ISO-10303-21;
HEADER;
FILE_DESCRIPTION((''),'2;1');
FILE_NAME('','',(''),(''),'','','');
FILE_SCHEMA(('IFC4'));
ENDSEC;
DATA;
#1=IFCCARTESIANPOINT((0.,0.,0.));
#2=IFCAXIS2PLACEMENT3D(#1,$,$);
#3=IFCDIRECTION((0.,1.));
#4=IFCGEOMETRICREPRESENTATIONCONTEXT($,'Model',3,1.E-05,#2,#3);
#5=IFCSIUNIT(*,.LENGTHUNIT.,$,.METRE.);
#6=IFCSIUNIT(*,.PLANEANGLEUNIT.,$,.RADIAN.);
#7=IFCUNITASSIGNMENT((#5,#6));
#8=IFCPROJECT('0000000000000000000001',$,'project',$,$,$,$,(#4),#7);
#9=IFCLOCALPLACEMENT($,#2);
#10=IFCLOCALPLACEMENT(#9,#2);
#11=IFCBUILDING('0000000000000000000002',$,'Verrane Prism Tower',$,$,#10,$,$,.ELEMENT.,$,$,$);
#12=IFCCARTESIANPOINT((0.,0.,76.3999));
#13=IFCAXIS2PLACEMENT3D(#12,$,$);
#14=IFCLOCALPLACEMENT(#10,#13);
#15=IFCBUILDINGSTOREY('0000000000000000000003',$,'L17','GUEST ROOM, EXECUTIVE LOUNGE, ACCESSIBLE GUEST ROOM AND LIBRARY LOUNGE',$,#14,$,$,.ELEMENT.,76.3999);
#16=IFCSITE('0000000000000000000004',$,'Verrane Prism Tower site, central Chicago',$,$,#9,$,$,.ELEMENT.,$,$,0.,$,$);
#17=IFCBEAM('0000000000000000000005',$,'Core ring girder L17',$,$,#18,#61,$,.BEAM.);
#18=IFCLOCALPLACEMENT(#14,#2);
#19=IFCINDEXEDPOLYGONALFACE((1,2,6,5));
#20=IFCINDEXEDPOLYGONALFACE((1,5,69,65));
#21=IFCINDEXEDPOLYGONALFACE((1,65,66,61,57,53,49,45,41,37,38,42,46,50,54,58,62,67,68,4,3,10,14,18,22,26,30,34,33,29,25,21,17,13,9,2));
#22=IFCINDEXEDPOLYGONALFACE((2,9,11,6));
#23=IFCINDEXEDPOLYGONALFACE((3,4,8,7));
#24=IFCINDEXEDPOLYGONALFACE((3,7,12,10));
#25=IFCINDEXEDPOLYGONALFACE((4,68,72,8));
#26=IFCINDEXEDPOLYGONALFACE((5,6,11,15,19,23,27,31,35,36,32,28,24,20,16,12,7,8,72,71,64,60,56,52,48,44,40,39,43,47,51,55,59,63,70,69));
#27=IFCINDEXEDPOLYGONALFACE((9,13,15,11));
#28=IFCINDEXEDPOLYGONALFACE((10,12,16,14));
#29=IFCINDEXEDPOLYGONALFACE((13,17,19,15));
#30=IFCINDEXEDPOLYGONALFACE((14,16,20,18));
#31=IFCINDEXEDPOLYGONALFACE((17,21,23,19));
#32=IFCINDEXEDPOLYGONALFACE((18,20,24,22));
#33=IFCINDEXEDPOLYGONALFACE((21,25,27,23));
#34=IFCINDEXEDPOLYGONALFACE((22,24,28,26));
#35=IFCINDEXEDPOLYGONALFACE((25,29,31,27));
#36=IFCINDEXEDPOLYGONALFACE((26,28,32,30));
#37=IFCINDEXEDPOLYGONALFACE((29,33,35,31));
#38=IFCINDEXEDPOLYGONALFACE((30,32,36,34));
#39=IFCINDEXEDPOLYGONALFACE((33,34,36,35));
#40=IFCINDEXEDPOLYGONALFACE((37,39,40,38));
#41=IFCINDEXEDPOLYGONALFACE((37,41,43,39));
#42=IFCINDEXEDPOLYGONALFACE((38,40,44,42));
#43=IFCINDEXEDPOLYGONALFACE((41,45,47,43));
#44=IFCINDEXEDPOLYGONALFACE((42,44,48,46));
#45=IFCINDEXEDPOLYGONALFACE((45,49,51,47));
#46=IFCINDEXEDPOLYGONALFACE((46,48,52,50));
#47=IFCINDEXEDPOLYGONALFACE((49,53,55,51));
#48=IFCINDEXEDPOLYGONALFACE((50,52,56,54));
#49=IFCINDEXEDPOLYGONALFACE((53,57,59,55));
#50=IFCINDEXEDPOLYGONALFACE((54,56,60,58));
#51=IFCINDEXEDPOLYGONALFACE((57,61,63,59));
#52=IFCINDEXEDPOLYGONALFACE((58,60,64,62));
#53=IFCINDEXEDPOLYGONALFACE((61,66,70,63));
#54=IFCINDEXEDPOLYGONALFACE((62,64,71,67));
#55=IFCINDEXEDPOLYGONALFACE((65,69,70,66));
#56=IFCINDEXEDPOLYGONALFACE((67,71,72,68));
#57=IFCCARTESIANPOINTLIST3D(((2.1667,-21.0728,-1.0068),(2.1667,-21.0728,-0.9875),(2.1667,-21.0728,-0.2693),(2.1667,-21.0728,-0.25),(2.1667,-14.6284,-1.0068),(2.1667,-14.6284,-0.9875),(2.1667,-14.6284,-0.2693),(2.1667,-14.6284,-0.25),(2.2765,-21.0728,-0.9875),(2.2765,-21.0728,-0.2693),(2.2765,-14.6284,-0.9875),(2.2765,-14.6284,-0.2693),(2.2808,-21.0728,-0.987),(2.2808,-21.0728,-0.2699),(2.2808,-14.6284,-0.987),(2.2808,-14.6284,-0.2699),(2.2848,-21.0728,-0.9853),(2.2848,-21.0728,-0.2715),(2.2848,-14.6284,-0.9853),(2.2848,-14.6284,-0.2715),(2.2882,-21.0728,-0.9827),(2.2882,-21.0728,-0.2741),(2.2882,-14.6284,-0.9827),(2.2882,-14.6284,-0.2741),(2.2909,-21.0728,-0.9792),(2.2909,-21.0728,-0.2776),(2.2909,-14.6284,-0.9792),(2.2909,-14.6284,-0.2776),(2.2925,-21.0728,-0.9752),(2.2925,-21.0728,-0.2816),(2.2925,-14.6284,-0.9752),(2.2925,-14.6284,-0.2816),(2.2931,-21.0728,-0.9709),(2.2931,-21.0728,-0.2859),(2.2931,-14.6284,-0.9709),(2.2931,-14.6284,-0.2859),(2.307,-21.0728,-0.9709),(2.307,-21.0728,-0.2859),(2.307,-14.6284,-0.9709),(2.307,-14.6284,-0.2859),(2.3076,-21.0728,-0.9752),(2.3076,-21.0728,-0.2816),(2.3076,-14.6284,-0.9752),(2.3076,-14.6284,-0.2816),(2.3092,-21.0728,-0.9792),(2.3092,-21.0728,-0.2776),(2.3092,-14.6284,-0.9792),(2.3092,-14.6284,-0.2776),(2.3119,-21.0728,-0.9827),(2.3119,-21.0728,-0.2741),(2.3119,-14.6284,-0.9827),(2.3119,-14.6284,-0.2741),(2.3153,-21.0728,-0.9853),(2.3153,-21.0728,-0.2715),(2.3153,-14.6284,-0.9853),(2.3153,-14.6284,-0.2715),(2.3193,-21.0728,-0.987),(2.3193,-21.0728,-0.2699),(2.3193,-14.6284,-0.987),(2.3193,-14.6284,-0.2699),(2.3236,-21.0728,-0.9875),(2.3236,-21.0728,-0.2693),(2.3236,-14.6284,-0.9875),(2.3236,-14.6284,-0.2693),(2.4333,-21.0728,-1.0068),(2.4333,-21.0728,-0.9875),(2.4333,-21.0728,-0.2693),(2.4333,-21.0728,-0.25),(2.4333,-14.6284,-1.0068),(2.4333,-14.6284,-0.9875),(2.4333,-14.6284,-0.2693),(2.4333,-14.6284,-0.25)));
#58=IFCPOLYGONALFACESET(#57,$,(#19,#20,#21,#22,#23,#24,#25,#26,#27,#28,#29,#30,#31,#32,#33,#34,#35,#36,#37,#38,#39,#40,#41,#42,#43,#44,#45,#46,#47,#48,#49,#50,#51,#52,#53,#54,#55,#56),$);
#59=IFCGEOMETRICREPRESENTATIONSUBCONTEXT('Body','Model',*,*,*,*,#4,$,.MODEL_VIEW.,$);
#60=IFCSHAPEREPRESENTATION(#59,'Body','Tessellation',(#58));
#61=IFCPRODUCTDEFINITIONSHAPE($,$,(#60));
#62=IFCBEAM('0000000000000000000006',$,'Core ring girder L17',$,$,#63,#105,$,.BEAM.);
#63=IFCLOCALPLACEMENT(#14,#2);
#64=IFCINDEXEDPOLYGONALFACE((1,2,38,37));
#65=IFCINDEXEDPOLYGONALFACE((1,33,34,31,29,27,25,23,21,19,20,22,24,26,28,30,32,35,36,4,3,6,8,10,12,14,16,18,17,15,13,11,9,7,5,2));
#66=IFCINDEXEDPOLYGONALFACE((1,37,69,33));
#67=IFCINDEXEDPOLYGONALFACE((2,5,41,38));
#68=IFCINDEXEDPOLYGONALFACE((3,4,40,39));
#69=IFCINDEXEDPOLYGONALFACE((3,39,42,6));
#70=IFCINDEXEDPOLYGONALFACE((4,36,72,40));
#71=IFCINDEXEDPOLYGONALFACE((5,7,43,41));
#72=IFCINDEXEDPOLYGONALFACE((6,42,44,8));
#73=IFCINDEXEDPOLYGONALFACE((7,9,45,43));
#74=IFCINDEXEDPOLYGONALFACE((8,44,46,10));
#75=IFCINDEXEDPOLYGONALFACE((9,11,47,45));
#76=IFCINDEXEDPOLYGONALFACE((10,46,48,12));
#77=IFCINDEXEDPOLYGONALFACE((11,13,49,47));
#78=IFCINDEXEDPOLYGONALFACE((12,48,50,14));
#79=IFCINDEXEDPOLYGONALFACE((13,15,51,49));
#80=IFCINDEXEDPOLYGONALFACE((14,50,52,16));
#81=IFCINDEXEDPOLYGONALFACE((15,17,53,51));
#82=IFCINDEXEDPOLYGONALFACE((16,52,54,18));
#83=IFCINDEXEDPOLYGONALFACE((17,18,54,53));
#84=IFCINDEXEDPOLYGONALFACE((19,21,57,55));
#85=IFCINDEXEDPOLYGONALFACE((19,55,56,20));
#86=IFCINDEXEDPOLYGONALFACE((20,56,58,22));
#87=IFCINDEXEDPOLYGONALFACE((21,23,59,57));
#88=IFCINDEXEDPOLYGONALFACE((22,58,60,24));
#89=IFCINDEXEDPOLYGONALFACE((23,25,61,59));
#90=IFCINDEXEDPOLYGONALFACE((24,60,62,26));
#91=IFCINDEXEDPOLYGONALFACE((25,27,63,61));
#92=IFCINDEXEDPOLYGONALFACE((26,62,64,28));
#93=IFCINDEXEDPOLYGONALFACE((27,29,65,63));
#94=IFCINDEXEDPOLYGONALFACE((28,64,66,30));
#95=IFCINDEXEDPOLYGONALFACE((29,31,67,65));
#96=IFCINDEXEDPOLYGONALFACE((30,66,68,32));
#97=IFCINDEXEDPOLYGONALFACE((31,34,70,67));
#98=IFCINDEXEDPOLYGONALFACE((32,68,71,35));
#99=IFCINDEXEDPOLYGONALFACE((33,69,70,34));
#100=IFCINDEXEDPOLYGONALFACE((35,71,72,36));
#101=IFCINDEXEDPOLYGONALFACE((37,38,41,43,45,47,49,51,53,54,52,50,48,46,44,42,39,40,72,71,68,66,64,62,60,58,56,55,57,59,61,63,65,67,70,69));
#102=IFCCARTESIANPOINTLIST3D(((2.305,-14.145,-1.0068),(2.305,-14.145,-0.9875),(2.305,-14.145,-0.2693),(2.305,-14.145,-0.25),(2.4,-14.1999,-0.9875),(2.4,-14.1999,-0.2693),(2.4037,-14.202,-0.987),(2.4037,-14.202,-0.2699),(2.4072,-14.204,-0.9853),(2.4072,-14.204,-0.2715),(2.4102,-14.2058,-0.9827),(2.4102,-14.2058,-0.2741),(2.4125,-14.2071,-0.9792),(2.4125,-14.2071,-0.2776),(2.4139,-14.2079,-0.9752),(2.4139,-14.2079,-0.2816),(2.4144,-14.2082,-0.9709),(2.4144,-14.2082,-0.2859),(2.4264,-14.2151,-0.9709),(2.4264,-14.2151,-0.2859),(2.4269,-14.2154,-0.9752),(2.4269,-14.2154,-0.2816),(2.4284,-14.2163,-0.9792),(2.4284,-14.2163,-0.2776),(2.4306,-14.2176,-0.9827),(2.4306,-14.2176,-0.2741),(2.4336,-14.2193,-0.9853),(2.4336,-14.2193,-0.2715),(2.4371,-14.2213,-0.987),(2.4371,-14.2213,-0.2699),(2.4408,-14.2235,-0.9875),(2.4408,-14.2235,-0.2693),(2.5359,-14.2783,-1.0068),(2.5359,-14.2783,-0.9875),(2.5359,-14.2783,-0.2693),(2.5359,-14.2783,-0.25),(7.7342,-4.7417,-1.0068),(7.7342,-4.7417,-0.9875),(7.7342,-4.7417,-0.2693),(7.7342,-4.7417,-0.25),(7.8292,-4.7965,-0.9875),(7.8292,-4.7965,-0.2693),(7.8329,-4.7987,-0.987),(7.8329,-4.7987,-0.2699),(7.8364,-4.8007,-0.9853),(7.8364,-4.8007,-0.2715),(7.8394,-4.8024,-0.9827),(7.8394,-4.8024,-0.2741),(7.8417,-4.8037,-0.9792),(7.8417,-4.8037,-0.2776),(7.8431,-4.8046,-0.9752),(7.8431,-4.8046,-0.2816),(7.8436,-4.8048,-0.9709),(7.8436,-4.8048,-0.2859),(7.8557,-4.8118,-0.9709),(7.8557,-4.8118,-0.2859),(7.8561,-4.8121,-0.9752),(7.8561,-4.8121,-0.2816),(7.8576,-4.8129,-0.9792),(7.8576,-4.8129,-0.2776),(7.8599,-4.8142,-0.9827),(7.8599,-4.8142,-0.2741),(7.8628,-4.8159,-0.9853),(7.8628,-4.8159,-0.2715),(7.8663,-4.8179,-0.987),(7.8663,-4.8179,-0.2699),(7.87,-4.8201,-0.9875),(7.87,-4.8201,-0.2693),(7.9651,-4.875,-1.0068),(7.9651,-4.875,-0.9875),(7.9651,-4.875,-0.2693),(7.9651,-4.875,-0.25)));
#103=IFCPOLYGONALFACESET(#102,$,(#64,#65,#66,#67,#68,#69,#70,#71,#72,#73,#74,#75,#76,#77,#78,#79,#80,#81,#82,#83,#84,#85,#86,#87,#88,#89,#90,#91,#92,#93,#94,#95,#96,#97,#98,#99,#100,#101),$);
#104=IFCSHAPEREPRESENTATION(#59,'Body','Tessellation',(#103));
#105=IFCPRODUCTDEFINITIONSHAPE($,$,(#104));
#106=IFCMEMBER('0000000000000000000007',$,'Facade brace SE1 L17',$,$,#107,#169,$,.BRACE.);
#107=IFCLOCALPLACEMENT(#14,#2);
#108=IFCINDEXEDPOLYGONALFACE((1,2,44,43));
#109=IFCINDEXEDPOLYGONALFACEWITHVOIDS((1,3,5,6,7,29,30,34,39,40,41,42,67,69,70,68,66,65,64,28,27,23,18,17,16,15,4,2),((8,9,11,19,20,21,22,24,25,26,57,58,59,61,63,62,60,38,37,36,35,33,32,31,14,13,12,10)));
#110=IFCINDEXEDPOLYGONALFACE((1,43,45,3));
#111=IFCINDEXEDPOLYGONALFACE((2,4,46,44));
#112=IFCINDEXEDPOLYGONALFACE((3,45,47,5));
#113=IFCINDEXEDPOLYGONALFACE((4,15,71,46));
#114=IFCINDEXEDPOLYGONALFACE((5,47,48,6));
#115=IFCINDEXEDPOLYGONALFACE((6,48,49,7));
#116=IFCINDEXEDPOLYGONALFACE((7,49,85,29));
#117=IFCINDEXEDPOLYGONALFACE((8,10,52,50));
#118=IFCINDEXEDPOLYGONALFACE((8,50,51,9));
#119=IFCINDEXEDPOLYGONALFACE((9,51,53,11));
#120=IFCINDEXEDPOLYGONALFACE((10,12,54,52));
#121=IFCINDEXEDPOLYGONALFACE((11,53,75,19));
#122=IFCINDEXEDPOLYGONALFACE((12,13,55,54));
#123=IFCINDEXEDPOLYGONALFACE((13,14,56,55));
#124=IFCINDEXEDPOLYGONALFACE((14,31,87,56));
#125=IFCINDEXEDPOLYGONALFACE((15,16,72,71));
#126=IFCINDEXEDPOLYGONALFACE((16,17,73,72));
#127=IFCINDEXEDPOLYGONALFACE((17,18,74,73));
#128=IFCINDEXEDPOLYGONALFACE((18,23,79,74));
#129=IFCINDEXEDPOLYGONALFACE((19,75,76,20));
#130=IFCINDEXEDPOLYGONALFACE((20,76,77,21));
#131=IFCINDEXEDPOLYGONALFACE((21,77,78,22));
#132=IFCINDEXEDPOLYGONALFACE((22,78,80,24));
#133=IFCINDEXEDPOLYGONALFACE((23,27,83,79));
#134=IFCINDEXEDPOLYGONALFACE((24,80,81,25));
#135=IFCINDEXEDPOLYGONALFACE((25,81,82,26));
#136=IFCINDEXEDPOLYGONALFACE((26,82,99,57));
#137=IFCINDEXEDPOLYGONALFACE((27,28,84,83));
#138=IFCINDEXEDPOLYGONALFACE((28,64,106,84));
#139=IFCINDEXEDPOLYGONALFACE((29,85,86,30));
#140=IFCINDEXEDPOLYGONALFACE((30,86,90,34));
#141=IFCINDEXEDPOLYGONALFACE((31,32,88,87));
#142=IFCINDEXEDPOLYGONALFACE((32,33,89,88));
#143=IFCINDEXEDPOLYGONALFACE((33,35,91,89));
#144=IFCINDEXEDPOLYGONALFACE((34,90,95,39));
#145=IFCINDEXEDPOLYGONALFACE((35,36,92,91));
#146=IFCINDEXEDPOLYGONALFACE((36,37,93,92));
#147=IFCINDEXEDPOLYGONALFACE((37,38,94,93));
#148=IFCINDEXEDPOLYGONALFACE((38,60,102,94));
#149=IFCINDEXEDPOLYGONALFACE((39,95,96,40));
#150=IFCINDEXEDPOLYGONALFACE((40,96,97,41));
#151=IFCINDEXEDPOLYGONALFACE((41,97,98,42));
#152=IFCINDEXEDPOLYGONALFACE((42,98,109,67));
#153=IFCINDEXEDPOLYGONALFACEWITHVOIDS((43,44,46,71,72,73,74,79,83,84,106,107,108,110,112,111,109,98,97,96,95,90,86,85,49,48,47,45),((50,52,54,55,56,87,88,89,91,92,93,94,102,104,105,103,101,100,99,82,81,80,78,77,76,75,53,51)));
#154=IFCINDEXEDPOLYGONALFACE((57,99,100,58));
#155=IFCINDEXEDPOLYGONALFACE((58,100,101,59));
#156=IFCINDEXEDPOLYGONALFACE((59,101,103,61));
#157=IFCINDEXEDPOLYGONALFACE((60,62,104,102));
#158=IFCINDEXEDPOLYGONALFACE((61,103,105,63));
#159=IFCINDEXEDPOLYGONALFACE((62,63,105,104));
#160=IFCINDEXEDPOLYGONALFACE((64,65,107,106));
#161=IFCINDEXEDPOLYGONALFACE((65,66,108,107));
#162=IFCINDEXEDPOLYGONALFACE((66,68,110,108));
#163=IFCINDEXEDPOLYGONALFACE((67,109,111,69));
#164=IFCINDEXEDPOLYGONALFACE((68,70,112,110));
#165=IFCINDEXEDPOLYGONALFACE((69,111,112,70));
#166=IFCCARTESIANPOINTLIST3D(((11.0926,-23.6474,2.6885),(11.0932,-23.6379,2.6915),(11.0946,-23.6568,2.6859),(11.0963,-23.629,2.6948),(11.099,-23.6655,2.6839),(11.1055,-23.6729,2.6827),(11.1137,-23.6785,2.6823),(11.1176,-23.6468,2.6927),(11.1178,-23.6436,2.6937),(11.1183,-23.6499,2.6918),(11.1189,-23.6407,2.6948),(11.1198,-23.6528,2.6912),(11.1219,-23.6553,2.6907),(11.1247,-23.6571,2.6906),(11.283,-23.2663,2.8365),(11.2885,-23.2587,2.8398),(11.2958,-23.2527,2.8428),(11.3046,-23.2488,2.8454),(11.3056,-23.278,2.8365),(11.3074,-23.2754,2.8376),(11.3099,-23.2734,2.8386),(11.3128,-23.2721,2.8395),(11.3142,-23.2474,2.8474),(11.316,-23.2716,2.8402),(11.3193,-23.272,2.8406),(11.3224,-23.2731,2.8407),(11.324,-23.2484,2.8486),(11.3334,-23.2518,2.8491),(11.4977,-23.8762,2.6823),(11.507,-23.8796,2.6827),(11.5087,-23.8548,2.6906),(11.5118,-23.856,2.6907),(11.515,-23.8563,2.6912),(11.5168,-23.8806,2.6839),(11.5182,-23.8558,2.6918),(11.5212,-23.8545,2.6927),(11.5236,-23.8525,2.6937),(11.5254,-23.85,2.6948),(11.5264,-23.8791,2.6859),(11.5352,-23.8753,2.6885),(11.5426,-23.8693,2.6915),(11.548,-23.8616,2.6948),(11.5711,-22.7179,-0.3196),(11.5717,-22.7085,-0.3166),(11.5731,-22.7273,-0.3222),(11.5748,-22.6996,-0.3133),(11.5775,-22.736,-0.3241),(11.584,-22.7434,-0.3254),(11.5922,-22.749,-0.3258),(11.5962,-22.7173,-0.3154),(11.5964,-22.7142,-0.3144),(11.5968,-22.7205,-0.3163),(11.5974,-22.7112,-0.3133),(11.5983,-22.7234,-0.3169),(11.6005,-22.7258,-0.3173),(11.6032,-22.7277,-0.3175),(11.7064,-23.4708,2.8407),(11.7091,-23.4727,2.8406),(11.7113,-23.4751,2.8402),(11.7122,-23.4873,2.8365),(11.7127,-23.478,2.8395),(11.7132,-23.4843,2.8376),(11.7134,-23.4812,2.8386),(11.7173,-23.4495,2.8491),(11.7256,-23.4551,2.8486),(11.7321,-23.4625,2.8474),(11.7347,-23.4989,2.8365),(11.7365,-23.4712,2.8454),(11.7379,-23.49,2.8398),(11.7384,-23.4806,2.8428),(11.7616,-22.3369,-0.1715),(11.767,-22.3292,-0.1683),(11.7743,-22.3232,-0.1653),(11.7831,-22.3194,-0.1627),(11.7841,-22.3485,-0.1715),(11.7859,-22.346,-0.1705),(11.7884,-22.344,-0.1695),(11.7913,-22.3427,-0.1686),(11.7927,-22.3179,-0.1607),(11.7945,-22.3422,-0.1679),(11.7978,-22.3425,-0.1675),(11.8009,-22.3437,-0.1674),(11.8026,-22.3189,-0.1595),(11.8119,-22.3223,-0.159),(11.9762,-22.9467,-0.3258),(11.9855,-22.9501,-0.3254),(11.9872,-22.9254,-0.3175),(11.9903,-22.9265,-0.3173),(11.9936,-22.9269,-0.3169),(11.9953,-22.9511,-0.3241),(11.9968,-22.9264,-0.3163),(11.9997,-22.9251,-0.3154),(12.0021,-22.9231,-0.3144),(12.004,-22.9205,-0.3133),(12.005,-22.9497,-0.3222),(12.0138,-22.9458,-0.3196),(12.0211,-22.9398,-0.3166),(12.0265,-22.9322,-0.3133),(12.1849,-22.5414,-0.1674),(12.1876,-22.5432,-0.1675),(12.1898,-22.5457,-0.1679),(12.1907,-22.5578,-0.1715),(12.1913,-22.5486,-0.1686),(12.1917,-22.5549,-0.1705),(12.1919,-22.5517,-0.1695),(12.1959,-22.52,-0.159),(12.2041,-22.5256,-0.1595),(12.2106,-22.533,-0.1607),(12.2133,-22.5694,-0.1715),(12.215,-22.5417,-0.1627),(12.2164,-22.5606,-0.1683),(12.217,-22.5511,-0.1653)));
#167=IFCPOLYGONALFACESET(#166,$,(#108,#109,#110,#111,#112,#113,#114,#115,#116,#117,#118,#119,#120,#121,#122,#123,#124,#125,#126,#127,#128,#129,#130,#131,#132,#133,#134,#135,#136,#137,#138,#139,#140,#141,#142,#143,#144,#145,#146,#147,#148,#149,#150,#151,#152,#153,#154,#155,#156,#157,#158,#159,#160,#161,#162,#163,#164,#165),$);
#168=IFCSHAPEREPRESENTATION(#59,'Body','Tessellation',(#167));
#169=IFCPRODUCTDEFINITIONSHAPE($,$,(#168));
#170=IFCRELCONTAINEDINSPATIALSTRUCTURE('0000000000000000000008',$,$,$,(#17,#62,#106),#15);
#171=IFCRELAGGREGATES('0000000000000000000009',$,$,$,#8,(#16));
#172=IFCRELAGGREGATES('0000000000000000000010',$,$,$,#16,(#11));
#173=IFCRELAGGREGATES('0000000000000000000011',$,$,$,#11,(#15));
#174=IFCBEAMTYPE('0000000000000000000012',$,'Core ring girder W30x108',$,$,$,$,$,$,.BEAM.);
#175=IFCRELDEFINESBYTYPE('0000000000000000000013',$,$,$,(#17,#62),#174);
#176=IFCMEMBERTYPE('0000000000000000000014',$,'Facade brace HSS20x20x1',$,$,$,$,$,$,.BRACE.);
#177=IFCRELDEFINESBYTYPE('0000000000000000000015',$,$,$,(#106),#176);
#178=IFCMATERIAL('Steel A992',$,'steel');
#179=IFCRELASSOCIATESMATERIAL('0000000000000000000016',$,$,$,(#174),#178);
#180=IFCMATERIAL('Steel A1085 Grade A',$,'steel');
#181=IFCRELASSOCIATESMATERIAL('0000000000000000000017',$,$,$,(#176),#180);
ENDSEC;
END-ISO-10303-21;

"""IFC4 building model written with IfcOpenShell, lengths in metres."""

from ifc_helpers import new_model, si_unit, direction, frame, origin, origin_2d, place, context, subcontext, project, spatial, hollow_rectangle, i_section, extrude, material, material_profile, profile_set, type_object, element, save


model = new_model("IFC4")

# Units and contexts
model_context = context("Model", 3, precision=1e-05, world=origin(), true_north=direction((0.0, 1.0)))
body_context = subcontext(model_context, "Body", "Model", "MODEL_VIEW")
ifc_project = project(units=[si_unit("LENGTHUNIT", "METRE"), si_unit("PLANEANGLEUNIT", "RADIAN")], contexts=[model_context])

# Site, building, storey
site_placement = place(None, origin())
site = spatial("IfcSite", under=ifc_project, at=site_placement, Name="Verrane Prism Tower site, central Chicago", CompositionType="ELEMENT", RefElevation=0.0)
building_placement = place(site_placement, origin())
building = spatial("IfcBuilding", under=site, at=building_placement, Name="Verrane Prism Tower", CompositionType="ELEMENT")
storey_placement = place(building_placement, frame((0.0, 0.0, 76.3999)))
storey = spatial("IfcBuildingStorey", under=building, at=storey_placement, Name="L17", Description="GUEST ROOM, EXECUTIVE LOUNGE, ACCESSIBLE GUEST ROOM AND LIBRARY LOUNGE", CompositionType="ELEMENT", Elevation=76.3999)

# Beams
ifc_material_1 = material(Name="Steel A992", Category="steel")
ifc_material_profile_1 = material_profile(ifc_material_1, i_section(OverallWidth=0.2666, OverallDepth=0.7568, WebThickness=0.0139, FlangeThickness=0.0193, FilletRadius=0.0166, at=origin_2d()), Name="W30x108")
ifc_profile_set_1 = profile_set([ifc_material_profile_1], Name="Steel A992")
beam_type_1 = type_object("IfcBeamType", Name="Core ring girder W30x108", PredefinedType="BEAM", material=ifc_profile_set_1)
beam_1_placement = place(storey_placement, frame((2.3, -21.0728, -0.6284), z_axis=(0.0, 1.0, 0.0), x_axis=(-1.0, 0.0, 0.0)))
element("IfcBeam", 1, at=beam_1_placement, inside=storey, type_object=beam_type_1, Name="Core ring girder L17", PredefinedType="BEAM", context=body_context, shape_type="SweptSolid", body=[
    extrude(i_section(OverallWidth=0.2666, OverallDepth=0.7568, WebThickness=0.0139, FlangeThickness=0.0193, FilletRadius=0.0166, at=origin_2d()), origin(), (0.0, 0.0, 1.0), 6.4443),
])
beam_2_placement = place(storey_placement, frame((2.4204, -14.2117, -0.6284), z_axis=(0.500013, 0.866018, 0.0), x_axis=(-0.866018, 0.500013, 0.0)))
element("IfcBeam", 2, at=beam_2_placement, inside=storey, type_object=beam_type_1, Name="Core ring girder L17", PredefinedType="BEAM", context=body_context, shape_type="SweptSolid", body=[
    extrude(i_section(OverallWidth=0.2666, OverallDepth=0.7568, WebThickness=0.0139, FlangeThickness=0.0193, FilletRadius=0.0166, at=origin_2d()), origin(), (0.0, 0.0, 1.0), 10.8582),
])

# Member
ifc_material_2 = material(Name="Steel A1085 Grade A", Category="steel")
ifc_material_profile_2 = material_profile(ifc_material_2, hollow_rectangle(XDim=0.5081, YDim=0.5081, WallThickness=0.0254, InnerFilletRadius=0.0127, OuterFilletRadius=0.0381, at=origin_2d()), Name="HSS20x20x1")
ifc_profile_set_2 = profile_set([ifc_material_profile_2], Name="Steel A1085 Grade A")
member_type_1 = type_object("IfcMemberType", Name="Facade brace HSS20x20x1", PredefinedType="BRACE", material=ifc_profile_set_2)
member_1_placement = place(storey_placement, frame((11.894, -22.6345, -0.2424), z_axis=(-0.150262, -0.291862, 0.944583), x_axis=(0.889087, -0.457738, 0.0)))
element("IfcMember", 3, at=member_1_placement, inside=storey, type_object=member_type_1, Name="Facade brace SE1 L17", PredefinedType="BRACE", context=body_context, shape_type="SweptSolid", body=[
    extrude(hollow_rectangle(XDim=0.5081, YDim=0.5081, WallThickness=0.0254, InnerFilletRadius=0.0127, OuterFilletRadius=0.0381, at=origin_2d()), origin(), (0.0, 0.0, 1.0), 3.1846),
])

save(model, "model.ifc")
